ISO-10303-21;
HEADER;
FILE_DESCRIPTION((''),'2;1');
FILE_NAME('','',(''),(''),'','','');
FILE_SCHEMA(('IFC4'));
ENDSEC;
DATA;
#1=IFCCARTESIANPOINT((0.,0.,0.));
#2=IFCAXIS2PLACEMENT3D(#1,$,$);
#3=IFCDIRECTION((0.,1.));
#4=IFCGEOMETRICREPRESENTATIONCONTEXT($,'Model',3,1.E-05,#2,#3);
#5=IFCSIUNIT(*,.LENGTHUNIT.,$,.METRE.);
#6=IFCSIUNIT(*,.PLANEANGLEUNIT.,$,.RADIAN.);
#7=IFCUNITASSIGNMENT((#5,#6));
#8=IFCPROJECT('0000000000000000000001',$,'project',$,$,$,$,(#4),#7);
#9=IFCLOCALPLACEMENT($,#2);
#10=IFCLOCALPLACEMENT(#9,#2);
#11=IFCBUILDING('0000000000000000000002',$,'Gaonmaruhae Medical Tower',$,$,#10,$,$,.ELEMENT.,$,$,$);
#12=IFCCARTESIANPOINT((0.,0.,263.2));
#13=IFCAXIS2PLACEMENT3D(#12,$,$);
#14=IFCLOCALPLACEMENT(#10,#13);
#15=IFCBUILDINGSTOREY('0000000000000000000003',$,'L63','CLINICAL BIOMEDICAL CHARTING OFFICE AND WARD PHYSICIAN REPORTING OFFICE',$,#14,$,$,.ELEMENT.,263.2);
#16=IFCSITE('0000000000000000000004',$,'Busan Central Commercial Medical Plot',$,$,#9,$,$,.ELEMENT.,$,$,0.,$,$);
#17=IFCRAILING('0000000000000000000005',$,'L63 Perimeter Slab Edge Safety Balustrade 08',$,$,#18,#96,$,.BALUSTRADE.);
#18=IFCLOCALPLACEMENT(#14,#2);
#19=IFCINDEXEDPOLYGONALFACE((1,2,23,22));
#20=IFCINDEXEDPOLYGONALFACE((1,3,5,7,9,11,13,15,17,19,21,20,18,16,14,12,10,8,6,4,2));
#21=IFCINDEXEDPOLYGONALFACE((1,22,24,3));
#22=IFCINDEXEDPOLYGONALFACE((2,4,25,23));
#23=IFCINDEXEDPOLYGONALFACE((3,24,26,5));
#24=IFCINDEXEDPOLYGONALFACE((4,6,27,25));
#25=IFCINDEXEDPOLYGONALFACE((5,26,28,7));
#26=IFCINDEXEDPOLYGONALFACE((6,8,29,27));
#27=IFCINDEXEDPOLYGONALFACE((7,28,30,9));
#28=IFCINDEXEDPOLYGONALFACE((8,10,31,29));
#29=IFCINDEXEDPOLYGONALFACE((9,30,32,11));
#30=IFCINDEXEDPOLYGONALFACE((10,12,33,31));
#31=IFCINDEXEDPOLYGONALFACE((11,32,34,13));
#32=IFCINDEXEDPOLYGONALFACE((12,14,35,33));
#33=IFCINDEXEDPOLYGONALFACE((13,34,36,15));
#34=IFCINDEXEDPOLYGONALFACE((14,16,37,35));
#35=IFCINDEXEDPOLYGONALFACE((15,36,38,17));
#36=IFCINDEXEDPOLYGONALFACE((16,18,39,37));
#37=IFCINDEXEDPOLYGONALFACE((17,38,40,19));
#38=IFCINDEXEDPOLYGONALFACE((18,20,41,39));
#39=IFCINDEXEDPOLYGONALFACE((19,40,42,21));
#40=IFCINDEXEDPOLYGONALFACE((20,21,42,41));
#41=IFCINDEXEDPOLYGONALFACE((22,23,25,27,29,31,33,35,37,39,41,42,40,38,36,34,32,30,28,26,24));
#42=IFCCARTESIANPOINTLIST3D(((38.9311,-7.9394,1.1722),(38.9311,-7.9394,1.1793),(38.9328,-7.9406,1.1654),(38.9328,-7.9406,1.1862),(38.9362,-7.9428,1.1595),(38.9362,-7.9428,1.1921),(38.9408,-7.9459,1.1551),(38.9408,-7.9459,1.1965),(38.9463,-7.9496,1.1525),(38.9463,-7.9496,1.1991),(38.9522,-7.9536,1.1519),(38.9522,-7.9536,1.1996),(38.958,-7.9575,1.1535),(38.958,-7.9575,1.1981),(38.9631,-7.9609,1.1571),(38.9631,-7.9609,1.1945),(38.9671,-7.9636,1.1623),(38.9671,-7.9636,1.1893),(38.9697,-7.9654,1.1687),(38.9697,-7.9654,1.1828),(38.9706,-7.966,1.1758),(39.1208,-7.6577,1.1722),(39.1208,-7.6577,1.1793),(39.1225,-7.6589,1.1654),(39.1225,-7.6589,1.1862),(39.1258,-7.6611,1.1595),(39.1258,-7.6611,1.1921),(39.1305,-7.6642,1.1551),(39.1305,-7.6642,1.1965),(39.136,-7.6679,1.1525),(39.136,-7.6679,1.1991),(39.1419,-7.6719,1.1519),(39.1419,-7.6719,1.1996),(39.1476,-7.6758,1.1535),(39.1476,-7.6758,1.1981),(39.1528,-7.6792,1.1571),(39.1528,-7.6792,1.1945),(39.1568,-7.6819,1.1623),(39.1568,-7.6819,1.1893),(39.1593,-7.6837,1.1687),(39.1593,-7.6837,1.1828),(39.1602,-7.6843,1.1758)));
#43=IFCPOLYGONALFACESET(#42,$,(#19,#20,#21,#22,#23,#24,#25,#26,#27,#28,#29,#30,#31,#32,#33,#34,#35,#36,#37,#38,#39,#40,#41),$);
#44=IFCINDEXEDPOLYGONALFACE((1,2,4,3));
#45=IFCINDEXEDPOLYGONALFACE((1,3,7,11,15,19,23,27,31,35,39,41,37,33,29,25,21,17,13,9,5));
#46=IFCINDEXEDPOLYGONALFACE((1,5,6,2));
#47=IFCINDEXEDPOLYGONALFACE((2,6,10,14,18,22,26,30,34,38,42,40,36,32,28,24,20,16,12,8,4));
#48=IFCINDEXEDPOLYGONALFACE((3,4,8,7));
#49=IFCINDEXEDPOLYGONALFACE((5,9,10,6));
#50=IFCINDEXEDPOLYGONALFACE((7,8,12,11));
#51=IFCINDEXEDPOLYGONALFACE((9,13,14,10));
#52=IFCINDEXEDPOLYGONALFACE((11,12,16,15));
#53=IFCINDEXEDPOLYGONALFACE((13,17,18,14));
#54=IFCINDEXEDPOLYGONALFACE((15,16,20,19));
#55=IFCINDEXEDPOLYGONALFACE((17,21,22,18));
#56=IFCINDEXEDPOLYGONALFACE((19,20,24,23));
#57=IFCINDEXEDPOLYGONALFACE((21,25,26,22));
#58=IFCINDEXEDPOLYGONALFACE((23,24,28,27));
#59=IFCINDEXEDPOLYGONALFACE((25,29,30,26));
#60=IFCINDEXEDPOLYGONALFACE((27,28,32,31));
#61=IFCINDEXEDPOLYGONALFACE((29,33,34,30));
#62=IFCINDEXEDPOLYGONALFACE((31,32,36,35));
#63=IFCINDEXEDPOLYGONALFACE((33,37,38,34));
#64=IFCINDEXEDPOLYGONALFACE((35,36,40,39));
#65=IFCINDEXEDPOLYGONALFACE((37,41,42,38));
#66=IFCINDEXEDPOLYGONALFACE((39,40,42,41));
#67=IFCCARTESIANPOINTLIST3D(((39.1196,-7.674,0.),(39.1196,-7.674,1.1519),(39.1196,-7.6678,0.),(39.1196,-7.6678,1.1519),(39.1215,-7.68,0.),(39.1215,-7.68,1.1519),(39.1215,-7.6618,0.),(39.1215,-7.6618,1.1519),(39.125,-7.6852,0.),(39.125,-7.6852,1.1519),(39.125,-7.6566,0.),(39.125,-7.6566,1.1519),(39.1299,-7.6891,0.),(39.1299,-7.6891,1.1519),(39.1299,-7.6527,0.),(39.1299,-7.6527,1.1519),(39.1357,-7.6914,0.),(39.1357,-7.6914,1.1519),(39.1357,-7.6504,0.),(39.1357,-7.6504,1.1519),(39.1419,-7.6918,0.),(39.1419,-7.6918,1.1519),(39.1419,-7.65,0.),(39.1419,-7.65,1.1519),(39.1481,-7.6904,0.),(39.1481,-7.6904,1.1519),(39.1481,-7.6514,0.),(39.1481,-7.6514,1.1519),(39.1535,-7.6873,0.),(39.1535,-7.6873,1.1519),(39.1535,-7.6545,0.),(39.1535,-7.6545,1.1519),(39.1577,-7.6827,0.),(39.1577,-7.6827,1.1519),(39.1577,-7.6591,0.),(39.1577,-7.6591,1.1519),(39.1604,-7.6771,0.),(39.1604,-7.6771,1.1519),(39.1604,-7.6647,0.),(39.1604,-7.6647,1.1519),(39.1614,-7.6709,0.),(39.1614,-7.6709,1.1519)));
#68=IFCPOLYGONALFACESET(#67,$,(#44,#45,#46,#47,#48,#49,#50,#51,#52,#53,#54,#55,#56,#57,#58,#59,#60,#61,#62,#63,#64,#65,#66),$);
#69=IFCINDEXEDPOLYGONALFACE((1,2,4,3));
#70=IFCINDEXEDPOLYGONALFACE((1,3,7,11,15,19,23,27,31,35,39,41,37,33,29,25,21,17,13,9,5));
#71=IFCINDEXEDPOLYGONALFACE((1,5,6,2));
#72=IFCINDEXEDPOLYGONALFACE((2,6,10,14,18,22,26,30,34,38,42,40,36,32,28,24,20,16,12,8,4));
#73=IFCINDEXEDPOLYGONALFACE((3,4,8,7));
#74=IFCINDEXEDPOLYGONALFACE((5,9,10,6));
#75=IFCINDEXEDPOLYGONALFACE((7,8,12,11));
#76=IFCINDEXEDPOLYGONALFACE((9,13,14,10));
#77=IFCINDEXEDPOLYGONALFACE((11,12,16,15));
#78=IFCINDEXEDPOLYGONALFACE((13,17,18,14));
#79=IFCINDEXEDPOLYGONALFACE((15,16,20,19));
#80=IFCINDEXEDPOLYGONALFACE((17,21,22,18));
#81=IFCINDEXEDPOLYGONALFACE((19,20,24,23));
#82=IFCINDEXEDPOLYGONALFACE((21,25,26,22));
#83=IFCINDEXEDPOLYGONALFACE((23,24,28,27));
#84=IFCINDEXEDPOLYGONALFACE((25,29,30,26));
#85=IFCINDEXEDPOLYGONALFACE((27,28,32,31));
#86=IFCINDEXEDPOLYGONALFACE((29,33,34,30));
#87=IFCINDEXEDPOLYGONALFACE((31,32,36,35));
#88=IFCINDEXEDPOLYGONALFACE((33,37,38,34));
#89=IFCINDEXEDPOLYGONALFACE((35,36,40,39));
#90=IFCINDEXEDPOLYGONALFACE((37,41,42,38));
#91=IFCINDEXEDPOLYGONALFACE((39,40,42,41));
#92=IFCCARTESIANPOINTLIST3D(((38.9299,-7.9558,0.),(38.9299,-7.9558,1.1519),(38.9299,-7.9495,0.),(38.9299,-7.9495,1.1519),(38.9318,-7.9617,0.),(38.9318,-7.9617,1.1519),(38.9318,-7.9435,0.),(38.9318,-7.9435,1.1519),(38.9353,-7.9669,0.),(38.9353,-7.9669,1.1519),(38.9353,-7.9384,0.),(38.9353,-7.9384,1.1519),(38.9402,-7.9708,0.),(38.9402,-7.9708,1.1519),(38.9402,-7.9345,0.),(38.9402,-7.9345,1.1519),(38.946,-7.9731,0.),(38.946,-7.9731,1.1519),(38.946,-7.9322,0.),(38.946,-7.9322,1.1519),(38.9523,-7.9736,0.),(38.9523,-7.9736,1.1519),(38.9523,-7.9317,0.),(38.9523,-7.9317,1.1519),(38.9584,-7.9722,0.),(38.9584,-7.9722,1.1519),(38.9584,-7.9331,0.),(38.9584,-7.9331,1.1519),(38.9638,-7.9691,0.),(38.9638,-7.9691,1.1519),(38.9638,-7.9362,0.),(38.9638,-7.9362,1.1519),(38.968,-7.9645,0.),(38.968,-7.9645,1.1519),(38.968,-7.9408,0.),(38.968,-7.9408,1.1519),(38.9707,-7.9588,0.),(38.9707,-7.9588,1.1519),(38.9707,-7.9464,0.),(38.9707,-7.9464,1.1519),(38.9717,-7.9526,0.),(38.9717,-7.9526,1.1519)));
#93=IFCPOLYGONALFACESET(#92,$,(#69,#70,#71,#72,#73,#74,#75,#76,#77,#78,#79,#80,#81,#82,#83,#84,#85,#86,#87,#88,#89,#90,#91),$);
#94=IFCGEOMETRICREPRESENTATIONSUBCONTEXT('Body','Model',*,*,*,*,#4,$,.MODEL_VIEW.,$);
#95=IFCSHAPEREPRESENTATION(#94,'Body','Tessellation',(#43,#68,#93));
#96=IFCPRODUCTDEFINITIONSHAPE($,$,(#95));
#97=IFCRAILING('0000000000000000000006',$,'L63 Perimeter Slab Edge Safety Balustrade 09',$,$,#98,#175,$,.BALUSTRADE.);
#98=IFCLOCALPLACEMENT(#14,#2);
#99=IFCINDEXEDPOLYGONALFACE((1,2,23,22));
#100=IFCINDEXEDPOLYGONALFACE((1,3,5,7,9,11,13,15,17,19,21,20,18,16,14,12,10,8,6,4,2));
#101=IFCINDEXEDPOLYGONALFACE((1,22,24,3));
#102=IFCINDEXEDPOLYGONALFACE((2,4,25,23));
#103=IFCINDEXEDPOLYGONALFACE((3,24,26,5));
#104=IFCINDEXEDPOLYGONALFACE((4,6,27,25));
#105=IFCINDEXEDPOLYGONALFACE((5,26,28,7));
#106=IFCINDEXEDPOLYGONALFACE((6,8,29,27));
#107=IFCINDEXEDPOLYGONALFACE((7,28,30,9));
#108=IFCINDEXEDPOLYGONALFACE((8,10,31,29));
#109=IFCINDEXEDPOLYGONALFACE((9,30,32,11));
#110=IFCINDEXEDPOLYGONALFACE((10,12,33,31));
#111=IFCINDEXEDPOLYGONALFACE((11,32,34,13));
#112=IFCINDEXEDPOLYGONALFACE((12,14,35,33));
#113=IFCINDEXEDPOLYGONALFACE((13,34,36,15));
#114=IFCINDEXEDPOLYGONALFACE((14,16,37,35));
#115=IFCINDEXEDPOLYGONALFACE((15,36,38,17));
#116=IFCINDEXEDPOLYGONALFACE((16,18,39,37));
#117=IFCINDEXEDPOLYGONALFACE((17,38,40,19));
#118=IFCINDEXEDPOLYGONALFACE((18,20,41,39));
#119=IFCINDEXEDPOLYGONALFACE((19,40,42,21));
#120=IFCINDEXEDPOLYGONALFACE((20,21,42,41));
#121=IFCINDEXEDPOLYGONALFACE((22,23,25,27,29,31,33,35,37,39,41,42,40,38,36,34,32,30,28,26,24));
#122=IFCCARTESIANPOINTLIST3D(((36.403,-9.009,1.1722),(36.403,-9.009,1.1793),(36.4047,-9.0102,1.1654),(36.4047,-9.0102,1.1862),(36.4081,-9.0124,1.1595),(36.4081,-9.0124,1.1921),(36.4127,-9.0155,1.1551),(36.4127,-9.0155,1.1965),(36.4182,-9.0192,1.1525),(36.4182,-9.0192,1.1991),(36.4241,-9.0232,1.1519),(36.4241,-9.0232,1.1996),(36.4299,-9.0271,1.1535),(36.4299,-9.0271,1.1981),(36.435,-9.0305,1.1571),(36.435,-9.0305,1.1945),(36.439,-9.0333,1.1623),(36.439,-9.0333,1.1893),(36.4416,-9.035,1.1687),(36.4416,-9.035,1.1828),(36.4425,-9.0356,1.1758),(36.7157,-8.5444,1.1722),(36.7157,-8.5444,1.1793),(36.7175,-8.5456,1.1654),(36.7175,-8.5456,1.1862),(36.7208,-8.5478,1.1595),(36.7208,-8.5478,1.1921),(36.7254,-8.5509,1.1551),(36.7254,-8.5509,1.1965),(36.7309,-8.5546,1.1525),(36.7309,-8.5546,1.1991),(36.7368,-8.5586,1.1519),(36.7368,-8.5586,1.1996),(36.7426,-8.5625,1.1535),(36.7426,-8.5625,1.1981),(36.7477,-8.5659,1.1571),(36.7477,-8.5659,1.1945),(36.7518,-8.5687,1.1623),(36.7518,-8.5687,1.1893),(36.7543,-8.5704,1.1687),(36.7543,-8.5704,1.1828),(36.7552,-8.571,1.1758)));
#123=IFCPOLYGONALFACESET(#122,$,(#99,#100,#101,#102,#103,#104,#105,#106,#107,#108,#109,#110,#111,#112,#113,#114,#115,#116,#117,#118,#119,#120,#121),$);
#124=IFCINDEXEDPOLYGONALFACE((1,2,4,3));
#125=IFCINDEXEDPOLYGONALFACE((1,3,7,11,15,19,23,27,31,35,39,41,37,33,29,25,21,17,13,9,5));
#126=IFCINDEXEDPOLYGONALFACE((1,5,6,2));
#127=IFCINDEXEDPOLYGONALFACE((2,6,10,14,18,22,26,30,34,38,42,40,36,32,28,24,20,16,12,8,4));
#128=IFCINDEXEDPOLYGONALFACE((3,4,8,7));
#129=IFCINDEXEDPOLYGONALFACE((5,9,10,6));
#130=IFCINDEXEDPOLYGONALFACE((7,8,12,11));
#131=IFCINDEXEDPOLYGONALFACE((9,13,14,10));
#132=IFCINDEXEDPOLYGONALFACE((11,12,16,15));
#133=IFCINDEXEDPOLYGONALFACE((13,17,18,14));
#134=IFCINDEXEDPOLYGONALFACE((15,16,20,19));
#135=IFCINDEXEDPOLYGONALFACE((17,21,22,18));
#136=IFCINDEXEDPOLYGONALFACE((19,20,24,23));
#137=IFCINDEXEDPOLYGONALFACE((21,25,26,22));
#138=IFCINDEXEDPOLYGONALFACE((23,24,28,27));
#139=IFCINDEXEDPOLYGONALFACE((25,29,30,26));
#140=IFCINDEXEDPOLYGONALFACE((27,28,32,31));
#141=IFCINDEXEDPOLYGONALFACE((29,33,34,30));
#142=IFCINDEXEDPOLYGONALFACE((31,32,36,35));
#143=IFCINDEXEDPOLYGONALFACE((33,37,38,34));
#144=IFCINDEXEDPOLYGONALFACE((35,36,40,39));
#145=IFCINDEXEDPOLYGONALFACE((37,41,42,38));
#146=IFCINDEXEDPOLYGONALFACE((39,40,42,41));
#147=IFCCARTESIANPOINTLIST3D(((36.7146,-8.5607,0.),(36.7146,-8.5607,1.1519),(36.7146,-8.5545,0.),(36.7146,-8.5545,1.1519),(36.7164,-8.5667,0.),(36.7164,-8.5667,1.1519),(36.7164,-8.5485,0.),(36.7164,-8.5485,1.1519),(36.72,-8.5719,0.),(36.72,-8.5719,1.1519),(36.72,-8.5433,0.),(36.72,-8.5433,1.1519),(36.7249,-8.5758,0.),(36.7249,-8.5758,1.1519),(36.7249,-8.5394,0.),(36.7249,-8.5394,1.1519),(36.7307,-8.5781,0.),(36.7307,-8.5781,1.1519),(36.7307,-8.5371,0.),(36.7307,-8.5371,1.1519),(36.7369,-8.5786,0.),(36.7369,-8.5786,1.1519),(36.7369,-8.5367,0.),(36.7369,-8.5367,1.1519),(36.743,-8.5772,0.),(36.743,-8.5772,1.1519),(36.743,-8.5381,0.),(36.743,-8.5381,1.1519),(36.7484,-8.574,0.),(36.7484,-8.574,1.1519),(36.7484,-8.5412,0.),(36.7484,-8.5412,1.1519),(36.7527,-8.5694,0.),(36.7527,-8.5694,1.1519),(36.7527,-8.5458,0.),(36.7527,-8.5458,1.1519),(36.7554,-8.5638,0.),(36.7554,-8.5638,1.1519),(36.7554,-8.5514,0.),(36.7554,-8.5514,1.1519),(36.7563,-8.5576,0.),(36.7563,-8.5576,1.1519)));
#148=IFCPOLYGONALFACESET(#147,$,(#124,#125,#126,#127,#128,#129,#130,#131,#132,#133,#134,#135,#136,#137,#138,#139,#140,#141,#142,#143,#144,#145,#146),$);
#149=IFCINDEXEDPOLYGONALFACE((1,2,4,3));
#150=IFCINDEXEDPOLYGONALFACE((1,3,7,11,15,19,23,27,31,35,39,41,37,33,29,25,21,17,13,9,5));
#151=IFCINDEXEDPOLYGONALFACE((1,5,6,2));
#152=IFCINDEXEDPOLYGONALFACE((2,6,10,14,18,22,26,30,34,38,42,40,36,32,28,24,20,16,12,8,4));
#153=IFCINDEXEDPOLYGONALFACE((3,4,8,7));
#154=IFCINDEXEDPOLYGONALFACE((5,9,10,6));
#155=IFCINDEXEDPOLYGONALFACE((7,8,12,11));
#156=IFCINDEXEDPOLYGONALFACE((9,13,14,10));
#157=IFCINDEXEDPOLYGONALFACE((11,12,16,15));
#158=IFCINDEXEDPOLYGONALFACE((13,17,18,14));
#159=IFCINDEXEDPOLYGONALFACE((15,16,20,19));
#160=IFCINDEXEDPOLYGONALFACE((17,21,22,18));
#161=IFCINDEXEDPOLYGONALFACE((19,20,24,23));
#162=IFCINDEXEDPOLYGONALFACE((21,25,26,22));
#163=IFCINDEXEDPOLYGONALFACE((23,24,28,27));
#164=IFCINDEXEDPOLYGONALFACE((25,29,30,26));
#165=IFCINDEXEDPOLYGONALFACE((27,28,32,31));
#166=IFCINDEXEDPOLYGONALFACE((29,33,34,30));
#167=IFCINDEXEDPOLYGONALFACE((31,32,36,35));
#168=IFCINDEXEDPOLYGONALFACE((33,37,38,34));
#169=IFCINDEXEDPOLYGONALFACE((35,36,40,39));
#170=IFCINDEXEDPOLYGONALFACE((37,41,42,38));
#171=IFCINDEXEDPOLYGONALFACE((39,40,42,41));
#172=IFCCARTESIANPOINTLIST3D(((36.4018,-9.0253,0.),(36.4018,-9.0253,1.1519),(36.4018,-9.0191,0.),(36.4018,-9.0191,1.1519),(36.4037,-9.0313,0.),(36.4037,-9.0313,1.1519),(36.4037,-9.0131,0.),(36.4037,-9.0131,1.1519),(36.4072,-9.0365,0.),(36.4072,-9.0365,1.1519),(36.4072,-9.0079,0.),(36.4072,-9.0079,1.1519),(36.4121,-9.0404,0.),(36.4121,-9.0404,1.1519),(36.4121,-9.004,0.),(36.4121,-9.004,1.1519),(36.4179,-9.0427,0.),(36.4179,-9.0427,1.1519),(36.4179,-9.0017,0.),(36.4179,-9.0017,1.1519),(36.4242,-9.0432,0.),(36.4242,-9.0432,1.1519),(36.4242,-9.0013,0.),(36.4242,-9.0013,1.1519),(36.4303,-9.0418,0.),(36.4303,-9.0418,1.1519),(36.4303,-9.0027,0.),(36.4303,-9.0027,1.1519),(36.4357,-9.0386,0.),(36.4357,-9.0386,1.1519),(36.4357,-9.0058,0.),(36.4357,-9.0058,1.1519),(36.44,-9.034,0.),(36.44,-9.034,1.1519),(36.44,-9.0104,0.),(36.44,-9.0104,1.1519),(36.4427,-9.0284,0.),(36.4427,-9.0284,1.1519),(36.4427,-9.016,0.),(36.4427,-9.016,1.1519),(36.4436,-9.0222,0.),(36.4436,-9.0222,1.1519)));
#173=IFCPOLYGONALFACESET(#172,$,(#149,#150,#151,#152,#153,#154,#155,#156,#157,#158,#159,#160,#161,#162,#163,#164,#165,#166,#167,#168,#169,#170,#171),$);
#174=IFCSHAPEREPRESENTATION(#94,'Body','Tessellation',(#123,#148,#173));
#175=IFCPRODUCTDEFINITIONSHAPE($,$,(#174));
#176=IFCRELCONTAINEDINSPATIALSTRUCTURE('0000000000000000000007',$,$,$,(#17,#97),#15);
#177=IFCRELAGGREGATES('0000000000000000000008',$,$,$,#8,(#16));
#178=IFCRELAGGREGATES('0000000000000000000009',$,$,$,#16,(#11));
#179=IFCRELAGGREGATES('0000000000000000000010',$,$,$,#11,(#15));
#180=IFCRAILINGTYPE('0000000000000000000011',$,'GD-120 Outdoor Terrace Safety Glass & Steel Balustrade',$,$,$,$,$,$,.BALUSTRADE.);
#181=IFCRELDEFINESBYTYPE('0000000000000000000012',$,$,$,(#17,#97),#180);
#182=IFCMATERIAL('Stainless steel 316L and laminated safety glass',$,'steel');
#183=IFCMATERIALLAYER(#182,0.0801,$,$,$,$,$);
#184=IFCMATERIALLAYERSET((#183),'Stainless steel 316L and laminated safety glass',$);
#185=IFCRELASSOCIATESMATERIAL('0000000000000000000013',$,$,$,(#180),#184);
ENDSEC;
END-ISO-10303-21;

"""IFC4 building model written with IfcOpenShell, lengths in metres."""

from ifc_helpers import new_model, si_unit, direction, frame, origin, origin_2d, place, context, subcontext, project, spatial, circle, extrude, material, layer, layer_set, type_object, element, save


model = new_model("IFC4")

# Units and contexts
model_context = context("Model", 3, precision=1e-05, world=origin(), true_north=direction((0.0, 1.0)))
body_context = subcontext(model_context, "Body", "Model", "MODEL_VIEW")
ifc_project = project(units=[si_unit("LENGTHUNIT", "METRE"), si_unit("PLANEANGLEUNIT", "RADIAN")], contexts=[model_context])

# Site, building, storey
site_placement = place(None, origin())
site = spatial("IfcSite", under=ifc_project, at=site_placement, Name="Busan Central Commercial Medical Plot", CompositionType="ELEMENT", RefElevation=0.0)
building_placement = place(site_placement, origin())
building = spatial("IfcBuilding", under=site, at=building_placement, Name="Gaonmaruhae Medical Tower", CompositionType="ELEMENT")
storey_placement = place(building_placement, frame((0.0, 0.0, 263.2)))
storey = spatial("IfcBuildingStorey", under=building, at=storey_placement, Name="L63", Description="CLINICAL BIOMEDICAL CHARTING OFFICE AND WARD PHYSICIAN REPORTING OFFICE", CompositionType="ELEMENT", Elevation=263.2)

# Railings
ifc_material_1 = material(Name="Stainless steel 316L and laminated safety glass", Category="steel")
ifc_layer_1 = layer(ifc_material_1, 0.0801)
ifc_layer_set_1 = layer_set([ifc_layer_1], Name="Stainless steel 316L and laminated safety glass")
railing_type = type_object("IfcRailingType", Name="GD-120 Outdoor Terrace Safety Glass & Steel Balustrade", PredefinedType="BALUSTRADE", material=ifc_layer_set_1)
railing_1_placement = place(storey_placement, frame((39.1404, -7.6709, 0.0)))
element("IfcRailing", 1, at=railing_1_placement, inside=storey, type_object=railing_type, Name="L63 Perimeter Slab Edge Safety Balustrade 08", PredefinedType="BALUSTRADE", context=body_context, shape_type="SweptSolid", body=[
    extrude(circle(Radius=0.0239, at=origin_2d()), frame((0.0, 0.0, 1.1758), z_axis=(-0.55851, -0.829498, 0.0), x_axis=(0.829498, -0.55851, 0.0)), (0.0, 0.0, 1.0), 0.3396),
    extrude(circle(Radius=0.021, at=origin_2d()), origin(), (0.0, 0.0, 1.0), 1.1519),
    extrude(circle(Radius=0.021, at=origin_2d()), frame((-0.1897, -0.2817, 0.0)), (0.0, 0.0, 1.0), 1.1519),
])
railing_2_placement = place(storey_placement, frame((36.7354, -8.5576, 0.0)))
element("IfcRailing", 2, at=railing_2_placement, inside=storey, type_object=railing_type, Name="L63 Perimeter Slab Edge Safety Balustrade 09", PredefinedType="BALUSTRADE", context=body_context, shape_type="SweptSolid", body=[
    extrude(circle(Radius=0.0239, at=origin_2d()), frame((0.0, 0.0, 1.1758), z_axis=(-0.558417, -0.829561, 0.0), x_axis=(0.829561, -0.558417, 0.0)), (0.0, 0.0, 1.0), 0.5601),
    extrude(circle(Radius=0.021, at=origin_2d()), origin(), (0.0, 0.0, 1.0), 1.1519),
    extrude(circle(Radius=0.021, at=origin_2d()), frame((-0.3127, -0.4646, 0.0)), (0.0, 0.0, 1.0), 1.1519),
])

save(model, "model.ifc")
